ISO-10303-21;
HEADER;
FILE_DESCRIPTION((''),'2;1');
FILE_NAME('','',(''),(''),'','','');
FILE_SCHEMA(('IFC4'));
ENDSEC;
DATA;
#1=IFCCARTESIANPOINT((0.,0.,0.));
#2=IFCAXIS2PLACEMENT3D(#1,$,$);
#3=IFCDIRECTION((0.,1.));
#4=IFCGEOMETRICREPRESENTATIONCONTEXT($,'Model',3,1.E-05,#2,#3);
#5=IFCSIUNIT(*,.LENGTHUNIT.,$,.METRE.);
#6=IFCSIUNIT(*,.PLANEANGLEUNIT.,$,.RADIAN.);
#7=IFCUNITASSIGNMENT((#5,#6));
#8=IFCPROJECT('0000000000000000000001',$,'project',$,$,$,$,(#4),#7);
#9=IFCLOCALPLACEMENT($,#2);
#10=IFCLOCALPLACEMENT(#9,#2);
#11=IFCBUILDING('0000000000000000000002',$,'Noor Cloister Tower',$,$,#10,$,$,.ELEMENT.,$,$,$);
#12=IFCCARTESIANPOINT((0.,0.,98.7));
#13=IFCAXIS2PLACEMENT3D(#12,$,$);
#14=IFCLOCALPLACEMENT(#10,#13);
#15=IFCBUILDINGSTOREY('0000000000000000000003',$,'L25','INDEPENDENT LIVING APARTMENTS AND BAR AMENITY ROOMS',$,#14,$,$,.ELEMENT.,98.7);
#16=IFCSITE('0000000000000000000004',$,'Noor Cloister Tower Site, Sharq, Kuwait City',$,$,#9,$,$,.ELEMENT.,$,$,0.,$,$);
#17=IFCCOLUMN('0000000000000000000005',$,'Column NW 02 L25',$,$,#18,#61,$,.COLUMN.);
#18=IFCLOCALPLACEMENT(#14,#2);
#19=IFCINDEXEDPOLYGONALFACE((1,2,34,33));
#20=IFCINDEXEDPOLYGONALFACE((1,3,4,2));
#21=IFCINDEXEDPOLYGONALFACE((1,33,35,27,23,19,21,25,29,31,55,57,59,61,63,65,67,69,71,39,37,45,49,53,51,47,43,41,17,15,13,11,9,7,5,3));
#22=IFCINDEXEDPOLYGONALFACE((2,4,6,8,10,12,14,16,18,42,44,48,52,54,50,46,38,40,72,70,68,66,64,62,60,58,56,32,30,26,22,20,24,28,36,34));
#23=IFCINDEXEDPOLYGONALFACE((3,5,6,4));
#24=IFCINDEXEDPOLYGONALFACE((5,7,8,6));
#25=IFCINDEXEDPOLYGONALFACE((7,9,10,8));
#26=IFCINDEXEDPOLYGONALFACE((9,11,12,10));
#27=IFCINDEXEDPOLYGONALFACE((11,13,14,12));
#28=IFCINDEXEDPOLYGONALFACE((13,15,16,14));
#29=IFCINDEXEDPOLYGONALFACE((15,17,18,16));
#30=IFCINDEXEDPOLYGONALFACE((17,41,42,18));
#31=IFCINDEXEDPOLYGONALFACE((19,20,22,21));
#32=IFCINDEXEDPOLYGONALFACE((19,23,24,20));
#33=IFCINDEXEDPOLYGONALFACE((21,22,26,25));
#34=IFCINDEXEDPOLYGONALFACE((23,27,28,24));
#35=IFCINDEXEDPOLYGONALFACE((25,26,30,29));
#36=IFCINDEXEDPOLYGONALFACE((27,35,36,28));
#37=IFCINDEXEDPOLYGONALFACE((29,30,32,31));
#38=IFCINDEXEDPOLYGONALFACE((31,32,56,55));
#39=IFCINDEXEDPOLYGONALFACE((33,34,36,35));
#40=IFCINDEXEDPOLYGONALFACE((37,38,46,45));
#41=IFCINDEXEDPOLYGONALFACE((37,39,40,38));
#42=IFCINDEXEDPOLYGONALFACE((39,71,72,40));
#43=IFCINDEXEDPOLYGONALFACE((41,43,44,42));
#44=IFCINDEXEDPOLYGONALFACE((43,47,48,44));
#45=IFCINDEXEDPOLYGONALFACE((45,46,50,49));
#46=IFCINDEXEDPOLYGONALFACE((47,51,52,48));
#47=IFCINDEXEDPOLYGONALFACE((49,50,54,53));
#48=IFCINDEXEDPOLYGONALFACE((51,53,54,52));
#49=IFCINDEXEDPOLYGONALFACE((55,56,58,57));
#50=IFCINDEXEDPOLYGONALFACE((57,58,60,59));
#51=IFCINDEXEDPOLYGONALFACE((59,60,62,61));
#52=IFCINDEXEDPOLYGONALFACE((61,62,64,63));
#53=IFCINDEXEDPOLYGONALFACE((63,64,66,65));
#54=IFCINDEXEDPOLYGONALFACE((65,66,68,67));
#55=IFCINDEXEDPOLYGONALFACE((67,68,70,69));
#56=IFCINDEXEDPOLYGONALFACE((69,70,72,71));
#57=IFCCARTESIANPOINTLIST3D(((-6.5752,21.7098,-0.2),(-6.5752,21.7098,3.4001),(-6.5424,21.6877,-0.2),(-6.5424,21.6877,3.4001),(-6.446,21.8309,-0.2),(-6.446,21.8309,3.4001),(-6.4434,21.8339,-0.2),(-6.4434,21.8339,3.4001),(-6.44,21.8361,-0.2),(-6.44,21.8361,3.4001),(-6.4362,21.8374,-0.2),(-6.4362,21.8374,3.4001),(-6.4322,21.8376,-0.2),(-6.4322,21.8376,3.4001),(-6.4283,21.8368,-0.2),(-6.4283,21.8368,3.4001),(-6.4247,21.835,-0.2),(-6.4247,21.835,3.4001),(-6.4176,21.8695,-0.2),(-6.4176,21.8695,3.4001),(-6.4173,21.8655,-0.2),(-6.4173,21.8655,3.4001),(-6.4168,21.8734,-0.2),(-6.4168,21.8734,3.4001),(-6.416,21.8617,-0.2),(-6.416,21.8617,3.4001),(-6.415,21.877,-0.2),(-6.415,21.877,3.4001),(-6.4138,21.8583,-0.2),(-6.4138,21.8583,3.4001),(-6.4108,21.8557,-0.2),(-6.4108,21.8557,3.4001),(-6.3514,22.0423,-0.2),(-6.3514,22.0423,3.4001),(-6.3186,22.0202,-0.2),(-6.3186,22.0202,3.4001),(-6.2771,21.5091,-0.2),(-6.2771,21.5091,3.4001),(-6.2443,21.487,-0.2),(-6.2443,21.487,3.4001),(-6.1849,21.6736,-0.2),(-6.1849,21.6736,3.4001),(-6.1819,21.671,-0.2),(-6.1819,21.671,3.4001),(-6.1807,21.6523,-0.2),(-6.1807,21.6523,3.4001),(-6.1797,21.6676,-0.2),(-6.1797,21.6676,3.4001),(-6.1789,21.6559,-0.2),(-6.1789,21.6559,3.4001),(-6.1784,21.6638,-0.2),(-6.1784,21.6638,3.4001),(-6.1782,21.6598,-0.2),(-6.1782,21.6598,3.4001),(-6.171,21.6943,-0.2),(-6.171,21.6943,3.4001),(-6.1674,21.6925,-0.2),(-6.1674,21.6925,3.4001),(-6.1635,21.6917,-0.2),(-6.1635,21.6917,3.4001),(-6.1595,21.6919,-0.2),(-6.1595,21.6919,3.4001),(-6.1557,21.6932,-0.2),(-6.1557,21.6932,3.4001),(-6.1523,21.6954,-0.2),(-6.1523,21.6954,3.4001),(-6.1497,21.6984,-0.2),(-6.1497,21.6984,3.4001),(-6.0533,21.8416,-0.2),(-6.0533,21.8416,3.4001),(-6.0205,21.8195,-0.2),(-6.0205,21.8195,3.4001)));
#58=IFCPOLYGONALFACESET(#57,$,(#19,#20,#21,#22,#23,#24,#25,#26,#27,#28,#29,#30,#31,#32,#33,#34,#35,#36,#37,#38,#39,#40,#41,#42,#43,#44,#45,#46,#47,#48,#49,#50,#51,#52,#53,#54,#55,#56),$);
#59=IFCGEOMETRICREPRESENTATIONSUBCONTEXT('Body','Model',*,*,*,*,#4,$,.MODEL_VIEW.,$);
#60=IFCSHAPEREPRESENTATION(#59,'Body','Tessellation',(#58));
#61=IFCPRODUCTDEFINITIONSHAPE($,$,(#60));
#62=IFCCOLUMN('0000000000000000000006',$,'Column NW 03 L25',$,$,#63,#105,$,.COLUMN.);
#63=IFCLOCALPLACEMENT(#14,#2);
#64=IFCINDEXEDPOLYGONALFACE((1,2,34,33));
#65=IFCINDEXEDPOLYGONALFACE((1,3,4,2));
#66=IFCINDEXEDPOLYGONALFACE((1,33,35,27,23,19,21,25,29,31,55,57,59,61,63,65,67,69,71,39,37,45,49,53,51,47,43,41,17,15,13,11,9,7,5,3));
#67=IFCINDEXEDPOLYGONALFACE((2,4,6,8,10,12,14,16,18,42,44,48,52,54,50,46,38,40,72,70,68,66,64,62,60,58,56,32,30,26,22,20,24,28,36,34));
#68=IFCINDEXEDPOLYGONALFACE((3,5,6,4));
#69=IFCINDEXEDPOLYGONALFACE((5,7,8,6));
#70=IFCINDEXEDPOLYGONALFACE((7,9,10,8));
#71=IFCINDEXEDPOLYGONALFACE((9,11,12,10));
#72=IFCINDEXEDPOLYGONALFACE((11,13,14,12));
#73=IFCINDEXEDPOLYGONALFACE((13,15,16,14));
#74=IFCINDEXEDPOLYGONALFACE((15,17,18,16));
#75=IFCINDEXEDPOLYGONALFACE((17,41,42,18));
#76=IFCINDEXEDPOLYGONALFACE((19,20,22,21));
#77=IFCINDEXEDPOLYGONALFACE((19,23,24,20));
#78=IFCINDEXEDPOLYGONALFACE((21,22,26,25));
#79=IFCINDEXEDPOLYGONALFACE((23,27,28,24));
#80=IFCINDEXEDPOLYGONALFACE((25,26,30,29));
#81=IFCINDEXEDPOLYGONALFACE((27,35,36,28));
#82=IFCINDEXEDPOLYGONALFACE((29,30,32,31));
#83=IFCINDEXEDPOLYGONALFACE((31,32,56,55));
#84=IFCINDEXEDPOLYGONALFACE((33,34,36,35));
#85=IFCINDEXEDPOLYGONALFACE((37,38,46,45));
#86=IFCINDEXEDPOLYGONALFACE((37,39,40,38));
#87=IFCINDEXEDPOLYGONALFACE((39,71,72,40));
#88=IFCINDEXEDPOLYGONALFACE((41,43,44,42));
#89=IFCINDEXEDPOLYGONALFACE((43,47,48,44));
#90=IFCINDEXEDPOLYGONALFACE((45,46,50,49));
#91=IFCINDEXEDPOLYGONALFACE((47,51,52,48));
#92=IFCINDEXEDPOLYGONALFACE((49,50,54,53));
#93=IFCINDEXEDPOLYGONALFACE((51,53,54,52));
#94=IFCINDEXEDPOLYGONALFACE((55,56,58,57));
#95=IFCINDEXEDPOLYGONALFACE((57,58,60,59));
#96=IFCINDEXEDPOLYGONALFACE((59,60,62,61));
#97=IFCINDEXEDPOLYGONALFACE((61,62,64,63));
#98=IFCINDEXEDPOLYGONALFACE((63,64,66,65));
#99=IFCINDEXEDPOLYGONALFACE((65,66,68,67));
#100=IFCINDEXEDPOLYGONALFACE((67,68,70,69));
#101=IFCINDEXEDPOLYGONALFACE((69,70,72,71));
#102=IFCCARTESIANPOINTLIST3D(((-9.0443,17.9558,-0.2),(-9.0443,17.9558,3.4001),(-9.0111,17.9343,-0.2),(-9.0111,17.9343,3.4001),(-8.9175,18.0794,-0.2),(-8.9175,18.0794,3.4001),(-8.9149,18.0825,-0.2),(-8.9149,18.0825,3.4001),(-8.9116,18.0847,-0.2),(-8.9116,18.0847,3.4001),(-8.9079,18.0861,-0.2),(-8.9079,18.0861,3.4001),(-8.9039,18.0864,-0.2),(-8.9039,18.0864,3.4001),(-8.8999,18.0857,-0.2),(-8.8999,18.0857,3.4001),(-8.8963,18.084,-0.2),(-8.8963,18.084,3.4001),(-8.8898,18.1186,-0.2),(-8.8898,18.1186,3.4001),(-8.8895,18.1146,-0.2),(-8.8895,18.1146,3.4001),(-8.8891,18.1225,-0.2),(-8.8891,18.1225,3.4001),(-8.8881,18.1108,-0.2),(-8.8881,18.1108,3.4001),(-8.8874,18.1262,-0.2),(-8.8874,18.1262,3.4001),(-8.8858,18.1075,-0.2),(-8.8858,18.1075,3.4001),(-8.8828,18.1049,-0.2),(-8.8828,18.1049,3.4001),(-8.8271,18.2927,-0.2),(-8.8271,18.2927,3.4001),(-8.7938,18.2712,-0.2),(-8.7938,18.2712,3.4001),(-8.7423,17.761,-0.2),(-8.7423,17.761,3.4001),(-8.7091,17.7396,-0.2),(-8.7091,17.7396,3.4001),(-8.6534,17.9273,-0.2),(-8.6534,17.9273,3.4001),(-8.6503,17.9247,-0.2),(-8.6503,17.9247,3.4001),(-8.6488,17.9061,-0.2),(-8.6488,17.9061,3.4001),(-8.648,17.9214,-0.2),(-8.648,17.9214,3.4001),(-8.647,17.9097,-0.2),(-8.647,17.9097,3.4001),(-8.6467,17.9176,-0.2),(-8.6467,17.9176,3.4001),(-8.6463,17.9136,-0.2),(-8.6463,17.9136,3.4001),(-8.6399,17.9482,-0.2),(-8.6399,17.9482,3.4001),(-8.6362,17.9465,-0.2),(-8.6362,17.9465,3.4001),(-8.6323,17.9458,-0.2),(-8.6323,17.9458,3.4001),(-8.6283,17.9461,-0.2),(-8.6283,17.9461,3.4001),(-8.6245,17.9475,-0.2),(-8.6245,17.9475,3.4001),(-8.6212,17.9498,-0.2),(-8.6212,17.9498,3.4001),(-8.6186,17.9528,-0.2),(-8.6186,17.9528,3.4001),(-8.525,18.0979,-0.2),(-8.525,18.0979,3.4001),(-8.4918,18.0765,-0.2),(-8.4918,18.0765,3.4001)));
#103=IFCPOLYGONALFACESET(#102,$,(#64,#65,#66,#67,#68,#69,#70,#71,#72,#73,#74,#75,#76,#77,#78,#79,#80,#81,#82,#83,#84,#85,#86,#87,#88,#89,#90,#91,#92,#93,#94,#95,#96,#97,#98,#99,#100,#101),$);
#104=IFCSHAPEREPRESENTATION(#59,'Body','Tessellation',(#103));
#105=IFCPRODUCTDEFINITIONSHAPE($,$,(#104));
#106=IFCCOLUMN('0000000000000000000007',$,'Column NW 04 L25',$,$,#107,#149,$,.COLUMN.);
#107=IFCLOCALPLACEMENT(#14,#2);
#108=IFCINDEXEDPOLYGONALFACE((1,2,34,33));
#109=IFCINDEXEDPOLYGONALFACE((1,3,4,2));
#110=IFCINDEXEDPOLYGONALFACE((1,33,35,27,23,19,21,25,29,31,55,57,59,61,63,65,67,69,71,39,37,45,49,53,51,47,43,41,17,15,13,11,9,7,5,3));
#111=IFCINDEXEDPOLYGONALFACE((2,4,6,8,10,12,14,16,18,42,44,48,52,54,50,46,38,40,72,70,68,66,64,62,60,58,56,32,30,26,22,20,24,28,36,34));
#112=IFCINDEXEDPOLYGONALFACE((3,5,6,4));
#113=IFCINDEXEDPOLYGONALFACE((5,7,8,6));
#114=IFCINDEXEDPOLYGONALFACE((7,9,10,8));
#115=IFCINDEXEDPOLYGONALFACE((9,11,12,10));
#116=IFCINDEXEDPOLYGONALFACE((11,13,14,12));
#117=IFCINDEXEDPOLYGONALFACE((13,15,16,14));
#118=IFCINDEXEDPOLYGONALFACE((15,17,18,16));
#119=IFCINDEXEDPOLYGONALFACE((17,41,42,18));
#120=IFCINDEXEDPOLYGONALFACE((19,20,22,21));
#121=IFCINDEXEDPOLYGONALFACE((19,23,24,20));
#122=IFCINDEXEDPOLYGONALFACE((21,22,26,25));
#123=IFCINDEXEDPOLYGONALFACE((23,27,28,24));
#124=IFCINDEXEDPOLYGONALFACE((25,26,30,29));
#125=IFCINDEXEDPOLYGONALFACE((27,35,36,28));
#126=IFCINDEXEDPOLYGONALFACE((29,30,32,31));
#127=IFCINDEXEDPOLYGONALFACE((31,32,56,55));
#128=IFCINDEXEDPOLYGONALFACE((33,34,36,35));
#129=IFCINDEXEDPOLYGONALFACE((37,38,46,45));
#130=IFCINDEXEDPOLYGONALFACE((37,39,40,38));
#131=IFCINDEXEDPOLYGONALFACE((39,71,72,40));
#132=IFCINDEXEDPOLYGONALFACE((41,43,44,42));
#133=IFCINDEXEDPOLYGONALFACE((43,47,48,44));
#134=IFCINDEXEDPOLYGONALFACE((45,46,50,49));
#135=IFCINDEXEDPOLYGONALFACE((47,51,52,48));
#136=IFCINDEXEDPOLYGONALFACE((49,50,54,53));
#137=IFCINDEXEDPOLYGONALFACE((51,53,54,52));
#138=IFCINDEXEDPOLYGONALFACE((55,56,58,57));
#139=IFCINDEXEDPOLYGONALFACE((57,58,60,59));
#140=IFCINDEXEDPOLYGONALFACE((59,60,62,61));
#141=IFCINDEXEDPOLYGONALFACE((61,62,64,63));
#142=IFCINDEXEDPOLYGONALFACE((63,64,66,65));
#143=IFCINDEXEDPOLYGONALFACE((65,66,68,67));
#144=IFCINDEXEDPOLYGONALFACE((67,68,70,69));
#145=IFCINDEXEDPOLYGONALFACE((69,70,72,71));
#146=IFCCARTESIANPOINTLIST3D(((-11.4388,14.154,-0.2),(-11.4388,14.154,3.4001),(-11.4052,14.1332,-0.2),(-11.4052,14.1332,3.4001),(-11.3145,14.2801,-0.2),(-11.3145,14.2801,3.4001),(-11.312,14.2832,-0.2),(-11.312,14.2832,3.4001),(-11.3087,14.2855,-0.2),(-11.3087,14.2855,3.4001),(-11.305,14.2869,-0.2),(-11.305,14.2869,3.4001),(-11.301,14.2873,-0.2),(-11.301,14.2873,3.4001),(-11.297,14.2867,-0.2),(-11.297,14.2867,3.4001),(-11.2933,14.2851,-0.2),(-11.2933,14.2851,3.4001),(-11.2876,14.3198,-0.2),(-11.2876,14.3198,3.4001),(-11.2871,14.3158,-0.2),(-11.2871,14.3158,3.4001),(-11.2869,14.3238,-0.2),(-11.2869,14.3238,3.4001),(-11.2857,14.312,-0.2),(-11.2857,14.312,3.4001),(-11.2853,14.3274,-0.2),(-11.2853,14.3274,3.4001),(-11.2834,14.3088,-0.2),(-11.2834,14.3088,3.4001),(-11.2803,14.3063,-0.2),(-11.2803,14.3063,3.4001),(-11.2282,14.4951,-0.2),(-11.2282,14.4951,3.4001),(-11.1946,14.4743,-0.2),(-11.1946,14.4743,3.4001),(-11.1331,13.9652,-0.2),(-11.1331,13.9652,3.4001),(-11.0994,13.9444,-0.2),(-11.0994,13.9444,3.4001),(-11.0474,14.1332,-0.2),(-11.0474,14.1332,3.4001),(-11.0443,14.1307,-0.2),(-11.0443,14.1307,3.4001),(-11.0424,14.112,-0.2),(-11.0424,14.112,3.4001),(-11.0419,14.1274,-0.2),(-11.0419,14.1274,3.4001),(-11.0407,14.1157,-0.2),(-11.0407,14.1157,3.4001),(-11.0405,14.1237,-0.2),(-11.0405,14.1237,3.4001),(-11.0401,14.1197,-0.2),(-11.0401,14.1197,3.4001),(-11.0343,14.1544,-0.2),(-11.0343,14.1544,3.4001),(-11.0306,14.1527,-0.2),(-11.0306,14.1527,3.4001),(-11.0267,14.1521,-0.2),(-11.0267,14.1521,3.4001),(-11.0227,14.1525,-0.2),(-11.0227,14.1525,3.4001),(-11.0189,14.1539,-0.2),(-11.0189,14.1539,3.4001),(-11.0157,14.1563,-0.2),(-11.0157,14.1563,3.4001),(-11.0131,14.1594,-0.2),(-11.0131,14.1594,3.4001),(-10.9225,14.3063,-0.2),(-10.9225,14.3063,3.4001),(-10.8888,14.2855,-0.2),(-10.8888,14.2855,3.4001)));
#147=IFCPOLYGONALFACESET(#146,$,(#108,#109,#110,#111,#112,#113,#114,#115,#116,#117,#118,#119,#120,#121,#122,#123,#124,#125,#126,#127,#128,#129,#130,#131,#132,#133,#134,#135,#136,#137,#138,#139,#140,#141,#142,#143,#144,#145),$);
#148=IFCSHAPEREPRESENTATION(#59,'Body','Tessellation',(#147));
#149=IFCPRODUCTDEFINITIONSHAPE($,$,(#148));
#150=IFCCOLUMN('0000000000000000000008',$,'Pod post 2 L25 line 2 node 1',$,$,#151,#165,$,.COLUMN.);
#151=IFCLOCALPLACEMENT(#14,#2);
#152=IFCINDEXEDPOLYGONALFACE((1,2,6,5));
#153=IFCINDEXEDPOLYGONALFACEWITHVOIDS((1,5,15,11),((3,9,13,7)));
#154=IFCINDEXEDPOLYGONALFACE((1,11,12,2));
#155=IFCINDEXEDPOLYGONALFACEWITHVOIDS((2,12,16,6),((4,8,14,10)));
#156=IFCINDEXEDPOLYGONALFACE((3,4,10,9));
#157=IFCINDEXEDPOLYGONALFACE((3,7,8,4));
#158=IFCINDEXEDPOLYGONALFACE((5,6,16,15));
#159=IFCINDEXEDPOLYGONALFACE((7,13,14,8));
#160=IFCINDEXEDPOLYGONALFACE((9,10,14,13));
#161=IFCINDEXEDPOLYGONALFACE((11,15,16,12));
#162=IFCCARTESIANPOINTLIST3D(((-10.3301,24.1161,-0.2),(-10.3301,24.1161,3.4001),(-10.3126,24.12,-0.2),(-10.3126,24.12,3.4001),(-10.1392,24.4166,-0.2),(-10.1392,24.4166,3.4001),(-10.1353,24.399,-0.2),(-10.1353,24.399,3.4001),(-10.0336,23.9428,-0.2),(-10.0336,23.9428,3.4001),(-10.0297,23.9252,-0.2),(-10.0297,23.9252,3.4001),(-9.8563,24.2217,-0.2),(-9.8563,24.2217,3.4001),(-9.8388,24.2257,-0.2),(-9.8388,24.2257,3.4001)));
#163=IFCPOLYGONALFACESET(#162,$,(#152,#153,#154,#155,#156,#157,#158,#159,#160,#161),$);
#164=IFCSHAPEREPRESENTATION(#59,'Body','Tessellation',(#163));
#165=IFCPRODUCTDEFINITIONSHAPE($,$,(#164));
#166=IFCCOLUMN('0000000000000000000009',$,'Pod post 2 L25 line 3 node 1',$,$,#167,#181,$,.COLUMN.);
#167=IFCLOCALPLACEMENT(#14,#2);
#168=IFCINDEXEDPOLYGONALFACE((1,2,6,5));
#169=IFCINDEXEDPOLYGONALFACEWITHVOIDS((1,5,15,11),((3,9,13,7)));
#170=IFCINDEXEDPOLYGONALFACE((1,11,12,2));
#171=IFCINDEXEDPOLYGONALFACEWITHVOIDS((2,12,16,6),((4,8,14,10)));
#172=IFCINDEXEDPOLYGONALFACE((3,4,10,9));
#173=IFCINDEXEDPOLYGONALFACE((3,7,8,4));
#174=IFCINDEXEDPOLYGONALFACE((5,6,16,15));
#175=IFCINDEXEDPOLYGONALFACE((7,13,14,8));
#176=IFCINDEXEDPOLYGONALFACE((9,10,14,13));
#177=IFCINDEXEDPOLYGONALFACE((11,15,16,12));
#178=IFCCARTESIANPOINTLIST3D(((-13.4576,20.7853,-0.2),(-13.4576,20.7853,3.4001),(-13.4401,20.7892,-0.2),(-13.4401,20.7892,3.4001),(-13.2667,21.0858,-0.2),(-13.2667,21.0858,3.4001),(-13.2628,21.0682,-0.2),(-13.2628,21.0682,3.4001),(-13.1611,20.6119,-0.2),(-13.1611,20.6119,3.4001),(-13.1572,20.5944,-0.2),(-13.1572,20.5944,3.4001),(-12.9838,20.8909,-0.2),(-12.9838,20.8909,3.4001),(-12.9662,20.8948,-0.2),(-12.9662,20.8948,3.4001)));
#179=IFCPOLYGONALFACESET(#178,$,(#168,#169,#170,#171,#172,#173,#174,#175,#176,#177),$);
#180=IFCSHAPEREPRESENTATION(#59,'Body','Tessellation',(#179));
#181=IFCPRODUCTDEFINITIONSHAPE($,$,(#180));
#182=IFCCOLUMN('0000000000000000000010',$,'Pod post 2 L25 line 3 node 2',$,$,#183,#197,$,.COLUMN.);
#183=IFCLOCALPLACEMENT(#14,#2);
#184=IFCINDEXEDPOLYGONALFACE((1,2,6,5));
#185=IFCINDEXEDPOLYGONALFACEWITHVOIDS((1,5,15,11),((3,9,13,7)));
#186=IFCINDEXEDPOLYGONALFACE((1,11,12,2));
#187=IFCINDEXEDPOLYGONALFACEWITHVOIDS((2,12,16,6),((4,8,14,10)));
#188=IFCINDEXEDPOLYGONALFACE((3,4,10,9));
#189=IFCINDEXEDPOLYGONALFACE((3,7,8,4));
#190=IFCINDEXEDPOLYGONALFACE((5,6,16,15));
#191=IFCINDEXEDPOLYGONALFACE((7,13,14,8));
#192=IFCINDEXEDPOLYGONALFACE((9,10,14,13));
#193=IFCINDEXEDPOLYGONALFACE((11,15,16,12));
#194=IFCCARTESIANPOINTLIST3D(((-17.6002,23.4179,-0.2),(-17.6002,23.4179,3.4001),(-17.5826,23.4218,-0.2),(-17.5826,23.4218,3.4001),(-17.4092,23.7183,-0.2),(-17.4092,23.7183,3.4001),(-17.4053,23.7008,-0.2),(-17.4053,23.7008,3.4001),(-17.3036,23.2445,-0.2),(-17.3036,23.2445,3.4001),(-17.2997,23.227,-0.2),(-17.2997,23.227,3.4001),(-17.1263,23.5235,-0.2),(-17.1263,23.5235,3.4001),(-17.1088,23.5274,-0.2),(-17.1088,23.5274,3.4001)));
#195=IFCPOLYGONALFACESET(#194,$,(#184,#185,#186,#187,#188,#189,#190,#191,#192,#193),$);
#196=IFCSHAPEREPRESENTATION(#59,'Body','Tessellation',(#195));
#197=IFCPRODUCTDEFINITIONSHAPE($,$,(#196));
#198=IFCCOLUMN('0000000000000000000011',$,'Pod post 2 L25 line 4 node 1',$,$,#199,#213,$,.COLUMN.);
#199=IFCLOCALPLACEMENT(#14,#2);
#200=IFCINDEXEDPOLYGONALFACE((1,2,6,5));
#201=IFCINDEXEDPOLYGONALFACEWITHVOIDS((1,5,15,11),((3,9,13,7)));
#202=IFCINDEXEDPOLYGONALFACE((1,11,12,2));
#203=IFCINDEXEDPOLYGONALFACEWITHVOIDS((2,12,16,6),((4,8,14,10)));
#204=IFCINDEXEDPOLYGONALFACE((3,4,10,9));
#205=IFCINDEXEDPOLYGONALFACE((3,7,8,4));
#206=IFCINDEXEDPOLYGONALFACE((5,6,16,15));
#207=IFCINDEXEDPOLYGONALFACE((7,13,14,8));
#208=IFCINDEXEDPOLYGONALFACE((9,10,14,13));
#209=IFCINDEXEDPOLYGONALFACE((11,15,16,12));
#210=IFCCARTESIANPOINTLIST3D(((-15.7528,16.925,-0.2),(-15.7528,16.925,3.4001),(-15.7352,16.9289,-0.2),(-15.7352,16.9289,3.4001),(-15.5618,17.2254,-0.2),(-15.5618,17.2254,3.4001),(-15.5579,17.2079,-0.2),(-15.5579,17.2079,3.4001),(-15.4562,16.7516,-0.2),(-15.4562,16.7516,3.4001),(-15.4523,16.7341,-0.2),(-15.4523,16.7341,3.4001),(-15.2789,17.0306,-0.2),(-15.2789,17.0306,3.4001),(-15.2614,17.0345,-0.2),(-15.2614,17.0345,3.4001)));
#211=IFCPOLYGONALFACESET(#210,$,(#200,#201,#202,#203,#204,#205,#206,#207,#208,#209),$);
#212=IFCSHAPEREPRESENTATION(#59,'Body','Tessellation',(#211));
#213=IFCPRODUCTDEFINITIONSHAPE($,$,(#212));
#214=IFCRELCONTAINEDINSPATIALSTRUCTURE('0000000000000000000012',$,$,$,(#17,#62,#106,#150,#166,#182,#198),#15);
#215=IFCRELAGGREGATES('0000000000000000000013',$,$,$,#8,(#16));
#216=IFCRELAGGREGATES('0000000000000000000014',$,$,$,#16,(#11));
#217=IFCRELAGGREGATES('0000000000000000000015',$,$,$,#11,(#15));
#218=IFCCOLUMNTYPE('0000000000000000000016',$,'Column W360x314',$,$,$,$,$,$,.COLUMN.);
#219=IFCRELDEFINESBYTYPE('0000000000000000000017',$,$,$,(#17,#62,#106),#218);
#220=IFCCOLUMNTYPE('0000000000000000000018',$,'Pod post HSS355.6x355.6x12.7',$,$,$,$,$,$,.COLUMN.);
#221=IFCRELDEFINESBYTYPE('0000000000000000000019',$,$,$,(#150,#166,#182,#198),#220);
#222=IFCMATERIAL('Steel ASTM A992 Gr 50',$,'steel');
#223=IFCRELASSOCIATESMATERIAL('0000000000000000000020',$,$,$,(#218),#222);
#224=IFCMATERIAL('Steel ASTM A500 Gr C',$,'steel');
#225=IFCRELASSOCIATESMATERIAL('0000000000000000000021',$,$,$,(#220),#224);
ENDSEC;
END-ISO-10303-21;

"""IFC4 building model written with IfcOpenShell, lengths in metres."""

from ifc_helpers import new_model, si_unit, direction, frame, origin, origin_2d, place, context, subcontext, project, spatial, hollow_rectangle, i_section, extrude, material, material_profile, profile_set, type_object, element, save


model = new_model("IFC4")

# Units and contexts
model_context = context("Model", 3, precision=1e-05, world=origin(), true_north=direction((0.0, 1.0)))
body_context = subcontext(model_context, "Body", "Model", "MODEL_VIEW")
ifc_project = project(units=[si_unit("LENGTHUNIT", "METRE"), si_unit("PLANEANGLEUNIT", "RADIAN")], contexts=[model_context])

# Site, building, storey
site_placement = place(None, origin())
site = spatial("IfcSite", under=ifc_project, at=site_placement, Name="Noor Cloister Tower Site, Sharq, Kuwait City", CompositionType="ELEMENT", RefElevation=0.0)
building_placement = place(site_placement, origin())
building = spatial("IfcBuilding", under=site, at=building_placement, Name="Noor Cloister Tower", CompositionType="ELEMENT")
storey_placement = place(building_placement, frame((0.0, 0.0, 98.7)))
storey = spatial("IfcBuildingStorey", under=building, at=storey_placement, Name="L25", Description="INDEPENDENT LIVING APARTMENTS AND BAR AMENITY ROOMS", CompositionType="ELEMENT", Elevation=98.7)

# Columns
ifc_material_1 = material(Name="Steel ASTM A992 Gr 50", Category="steel")
ifc_material_profile_1 = material_profile(ifc_material_1, i_section(OverallWidth=0.4009, OverallDepth=0.3989, WebThickness=0.0249, FlangeThickness=0.0396, FilletRadius=0.0154, at=origin_2d()), Name="W360x314")
ifc_profile_set_1 = profile_set([ifc_material_profile_1], Name="Steel ASTM A992 Gr 50")
column_type_1 = type_object("IfcColumnType", Name="Column W360x314", PredefinedType="COLUMN", material=ifc_profile_set_1)
for number, where, z_axis, x_axis, name in (
    (1, (-6.2979, 21.7646, -0.2), (0.0, 0.0, 1.0), (-0.558429, -0.829553, 0.0), "Column NW 02 L25"),
    (2, (-8.7681, 18.0161, -0.2), (0.0, 0.0, 1.0), (-0.541993, -0.840383, 0.0), "Column NW 03 L25"),
    (3, (-11.1638, 14.2197, -0.2), (0.0, 0.0, 1.0), (-0.525348, -0.850888, 0.0), "Column NW 04 L25"),
):
    element("IfcColumn", number, at=place(storey_placement, frame(where, z_axis=z_axis, x_axis=x_axis)), inside=storey, type_object=column_type_1, Name=name, PredefinedType="COLUMN", context=body_context, shape_type="SweptSolid", body=[
        extrude(i_section(OverallWidth=0.4009, OverallDepth=0.3989, WebThickness=0.0249, FlangeThickness=0.0396, FilletRadius=0.0154, at=origin_2d()), origin(), (0.0, 0.0, 1.0), 3.6001),
    ])
ifc_material_2 = material(Name="Steel ASTM A500 Gr C", Category="steel")
ifc_material_profile_2 = material_profile(ifc_material_2, hollow_rectangle(XDim=0.356, YDim=0.356, WallThickness=0.0127, at=origin_2d()), Name="HSS355.6x355.6x12.7")
ifc_profile_set_2 = profile_set([ifc_material_profile_2], Name="Steel ASTM A500 Gr C")
column_type_2 = type_object("IfcColumnType", Name="Pod post HSS355.6x355.6x12.7", PredefinedType="COLUMN", material=ifc_profile_set_2)
for number, where, z_axis, x_axis, name in (
    (4, (-10.0845, 24.1709, -0.2), (0.0, 0.0, 1.0), (-0.843996, 0.53635, 0.0), "Pod post 2 L25 line 2 node 1"),
    (5, (-13.2119, 20.8401, -0.2), (0.0, 0.0, 1.0), (-0.843996, 0.53635, 0.0), "Pod post 2 L25 line 3 node 1"),
    (6, (-17.3545, 23.4727, -0.2), (0.0, 0.0, 1.0), (-0.843996, 0.53635, 0.0), "Pod post 2 L25 line 3 node 2"),
    (7, (-15.5071, 16.9797, -0.2), (0.0, 0.0, 1.0), (-0.843996, 0.53635, 0.0), "Pod post 2 L25 line 4 node 1"),
):
    element("IfcColumn", number, at=place(storey_placement, frame(where, z_axis=z_axis, x_axis=x_axis)), inside=storey, type_object=column_type_2, Name=name, PredefinedType="COLUMN", context=body_context, shape_type="SweptSolid", body=[
        extrude(hollow_rectangle(XDim=0.356, YDim=0.356, WallThickness=0.0127, at=origin_2d()), origin(), (0.0, 0.0, 1.0), 3.6001),
    ])

save(model, "model.ifc")
